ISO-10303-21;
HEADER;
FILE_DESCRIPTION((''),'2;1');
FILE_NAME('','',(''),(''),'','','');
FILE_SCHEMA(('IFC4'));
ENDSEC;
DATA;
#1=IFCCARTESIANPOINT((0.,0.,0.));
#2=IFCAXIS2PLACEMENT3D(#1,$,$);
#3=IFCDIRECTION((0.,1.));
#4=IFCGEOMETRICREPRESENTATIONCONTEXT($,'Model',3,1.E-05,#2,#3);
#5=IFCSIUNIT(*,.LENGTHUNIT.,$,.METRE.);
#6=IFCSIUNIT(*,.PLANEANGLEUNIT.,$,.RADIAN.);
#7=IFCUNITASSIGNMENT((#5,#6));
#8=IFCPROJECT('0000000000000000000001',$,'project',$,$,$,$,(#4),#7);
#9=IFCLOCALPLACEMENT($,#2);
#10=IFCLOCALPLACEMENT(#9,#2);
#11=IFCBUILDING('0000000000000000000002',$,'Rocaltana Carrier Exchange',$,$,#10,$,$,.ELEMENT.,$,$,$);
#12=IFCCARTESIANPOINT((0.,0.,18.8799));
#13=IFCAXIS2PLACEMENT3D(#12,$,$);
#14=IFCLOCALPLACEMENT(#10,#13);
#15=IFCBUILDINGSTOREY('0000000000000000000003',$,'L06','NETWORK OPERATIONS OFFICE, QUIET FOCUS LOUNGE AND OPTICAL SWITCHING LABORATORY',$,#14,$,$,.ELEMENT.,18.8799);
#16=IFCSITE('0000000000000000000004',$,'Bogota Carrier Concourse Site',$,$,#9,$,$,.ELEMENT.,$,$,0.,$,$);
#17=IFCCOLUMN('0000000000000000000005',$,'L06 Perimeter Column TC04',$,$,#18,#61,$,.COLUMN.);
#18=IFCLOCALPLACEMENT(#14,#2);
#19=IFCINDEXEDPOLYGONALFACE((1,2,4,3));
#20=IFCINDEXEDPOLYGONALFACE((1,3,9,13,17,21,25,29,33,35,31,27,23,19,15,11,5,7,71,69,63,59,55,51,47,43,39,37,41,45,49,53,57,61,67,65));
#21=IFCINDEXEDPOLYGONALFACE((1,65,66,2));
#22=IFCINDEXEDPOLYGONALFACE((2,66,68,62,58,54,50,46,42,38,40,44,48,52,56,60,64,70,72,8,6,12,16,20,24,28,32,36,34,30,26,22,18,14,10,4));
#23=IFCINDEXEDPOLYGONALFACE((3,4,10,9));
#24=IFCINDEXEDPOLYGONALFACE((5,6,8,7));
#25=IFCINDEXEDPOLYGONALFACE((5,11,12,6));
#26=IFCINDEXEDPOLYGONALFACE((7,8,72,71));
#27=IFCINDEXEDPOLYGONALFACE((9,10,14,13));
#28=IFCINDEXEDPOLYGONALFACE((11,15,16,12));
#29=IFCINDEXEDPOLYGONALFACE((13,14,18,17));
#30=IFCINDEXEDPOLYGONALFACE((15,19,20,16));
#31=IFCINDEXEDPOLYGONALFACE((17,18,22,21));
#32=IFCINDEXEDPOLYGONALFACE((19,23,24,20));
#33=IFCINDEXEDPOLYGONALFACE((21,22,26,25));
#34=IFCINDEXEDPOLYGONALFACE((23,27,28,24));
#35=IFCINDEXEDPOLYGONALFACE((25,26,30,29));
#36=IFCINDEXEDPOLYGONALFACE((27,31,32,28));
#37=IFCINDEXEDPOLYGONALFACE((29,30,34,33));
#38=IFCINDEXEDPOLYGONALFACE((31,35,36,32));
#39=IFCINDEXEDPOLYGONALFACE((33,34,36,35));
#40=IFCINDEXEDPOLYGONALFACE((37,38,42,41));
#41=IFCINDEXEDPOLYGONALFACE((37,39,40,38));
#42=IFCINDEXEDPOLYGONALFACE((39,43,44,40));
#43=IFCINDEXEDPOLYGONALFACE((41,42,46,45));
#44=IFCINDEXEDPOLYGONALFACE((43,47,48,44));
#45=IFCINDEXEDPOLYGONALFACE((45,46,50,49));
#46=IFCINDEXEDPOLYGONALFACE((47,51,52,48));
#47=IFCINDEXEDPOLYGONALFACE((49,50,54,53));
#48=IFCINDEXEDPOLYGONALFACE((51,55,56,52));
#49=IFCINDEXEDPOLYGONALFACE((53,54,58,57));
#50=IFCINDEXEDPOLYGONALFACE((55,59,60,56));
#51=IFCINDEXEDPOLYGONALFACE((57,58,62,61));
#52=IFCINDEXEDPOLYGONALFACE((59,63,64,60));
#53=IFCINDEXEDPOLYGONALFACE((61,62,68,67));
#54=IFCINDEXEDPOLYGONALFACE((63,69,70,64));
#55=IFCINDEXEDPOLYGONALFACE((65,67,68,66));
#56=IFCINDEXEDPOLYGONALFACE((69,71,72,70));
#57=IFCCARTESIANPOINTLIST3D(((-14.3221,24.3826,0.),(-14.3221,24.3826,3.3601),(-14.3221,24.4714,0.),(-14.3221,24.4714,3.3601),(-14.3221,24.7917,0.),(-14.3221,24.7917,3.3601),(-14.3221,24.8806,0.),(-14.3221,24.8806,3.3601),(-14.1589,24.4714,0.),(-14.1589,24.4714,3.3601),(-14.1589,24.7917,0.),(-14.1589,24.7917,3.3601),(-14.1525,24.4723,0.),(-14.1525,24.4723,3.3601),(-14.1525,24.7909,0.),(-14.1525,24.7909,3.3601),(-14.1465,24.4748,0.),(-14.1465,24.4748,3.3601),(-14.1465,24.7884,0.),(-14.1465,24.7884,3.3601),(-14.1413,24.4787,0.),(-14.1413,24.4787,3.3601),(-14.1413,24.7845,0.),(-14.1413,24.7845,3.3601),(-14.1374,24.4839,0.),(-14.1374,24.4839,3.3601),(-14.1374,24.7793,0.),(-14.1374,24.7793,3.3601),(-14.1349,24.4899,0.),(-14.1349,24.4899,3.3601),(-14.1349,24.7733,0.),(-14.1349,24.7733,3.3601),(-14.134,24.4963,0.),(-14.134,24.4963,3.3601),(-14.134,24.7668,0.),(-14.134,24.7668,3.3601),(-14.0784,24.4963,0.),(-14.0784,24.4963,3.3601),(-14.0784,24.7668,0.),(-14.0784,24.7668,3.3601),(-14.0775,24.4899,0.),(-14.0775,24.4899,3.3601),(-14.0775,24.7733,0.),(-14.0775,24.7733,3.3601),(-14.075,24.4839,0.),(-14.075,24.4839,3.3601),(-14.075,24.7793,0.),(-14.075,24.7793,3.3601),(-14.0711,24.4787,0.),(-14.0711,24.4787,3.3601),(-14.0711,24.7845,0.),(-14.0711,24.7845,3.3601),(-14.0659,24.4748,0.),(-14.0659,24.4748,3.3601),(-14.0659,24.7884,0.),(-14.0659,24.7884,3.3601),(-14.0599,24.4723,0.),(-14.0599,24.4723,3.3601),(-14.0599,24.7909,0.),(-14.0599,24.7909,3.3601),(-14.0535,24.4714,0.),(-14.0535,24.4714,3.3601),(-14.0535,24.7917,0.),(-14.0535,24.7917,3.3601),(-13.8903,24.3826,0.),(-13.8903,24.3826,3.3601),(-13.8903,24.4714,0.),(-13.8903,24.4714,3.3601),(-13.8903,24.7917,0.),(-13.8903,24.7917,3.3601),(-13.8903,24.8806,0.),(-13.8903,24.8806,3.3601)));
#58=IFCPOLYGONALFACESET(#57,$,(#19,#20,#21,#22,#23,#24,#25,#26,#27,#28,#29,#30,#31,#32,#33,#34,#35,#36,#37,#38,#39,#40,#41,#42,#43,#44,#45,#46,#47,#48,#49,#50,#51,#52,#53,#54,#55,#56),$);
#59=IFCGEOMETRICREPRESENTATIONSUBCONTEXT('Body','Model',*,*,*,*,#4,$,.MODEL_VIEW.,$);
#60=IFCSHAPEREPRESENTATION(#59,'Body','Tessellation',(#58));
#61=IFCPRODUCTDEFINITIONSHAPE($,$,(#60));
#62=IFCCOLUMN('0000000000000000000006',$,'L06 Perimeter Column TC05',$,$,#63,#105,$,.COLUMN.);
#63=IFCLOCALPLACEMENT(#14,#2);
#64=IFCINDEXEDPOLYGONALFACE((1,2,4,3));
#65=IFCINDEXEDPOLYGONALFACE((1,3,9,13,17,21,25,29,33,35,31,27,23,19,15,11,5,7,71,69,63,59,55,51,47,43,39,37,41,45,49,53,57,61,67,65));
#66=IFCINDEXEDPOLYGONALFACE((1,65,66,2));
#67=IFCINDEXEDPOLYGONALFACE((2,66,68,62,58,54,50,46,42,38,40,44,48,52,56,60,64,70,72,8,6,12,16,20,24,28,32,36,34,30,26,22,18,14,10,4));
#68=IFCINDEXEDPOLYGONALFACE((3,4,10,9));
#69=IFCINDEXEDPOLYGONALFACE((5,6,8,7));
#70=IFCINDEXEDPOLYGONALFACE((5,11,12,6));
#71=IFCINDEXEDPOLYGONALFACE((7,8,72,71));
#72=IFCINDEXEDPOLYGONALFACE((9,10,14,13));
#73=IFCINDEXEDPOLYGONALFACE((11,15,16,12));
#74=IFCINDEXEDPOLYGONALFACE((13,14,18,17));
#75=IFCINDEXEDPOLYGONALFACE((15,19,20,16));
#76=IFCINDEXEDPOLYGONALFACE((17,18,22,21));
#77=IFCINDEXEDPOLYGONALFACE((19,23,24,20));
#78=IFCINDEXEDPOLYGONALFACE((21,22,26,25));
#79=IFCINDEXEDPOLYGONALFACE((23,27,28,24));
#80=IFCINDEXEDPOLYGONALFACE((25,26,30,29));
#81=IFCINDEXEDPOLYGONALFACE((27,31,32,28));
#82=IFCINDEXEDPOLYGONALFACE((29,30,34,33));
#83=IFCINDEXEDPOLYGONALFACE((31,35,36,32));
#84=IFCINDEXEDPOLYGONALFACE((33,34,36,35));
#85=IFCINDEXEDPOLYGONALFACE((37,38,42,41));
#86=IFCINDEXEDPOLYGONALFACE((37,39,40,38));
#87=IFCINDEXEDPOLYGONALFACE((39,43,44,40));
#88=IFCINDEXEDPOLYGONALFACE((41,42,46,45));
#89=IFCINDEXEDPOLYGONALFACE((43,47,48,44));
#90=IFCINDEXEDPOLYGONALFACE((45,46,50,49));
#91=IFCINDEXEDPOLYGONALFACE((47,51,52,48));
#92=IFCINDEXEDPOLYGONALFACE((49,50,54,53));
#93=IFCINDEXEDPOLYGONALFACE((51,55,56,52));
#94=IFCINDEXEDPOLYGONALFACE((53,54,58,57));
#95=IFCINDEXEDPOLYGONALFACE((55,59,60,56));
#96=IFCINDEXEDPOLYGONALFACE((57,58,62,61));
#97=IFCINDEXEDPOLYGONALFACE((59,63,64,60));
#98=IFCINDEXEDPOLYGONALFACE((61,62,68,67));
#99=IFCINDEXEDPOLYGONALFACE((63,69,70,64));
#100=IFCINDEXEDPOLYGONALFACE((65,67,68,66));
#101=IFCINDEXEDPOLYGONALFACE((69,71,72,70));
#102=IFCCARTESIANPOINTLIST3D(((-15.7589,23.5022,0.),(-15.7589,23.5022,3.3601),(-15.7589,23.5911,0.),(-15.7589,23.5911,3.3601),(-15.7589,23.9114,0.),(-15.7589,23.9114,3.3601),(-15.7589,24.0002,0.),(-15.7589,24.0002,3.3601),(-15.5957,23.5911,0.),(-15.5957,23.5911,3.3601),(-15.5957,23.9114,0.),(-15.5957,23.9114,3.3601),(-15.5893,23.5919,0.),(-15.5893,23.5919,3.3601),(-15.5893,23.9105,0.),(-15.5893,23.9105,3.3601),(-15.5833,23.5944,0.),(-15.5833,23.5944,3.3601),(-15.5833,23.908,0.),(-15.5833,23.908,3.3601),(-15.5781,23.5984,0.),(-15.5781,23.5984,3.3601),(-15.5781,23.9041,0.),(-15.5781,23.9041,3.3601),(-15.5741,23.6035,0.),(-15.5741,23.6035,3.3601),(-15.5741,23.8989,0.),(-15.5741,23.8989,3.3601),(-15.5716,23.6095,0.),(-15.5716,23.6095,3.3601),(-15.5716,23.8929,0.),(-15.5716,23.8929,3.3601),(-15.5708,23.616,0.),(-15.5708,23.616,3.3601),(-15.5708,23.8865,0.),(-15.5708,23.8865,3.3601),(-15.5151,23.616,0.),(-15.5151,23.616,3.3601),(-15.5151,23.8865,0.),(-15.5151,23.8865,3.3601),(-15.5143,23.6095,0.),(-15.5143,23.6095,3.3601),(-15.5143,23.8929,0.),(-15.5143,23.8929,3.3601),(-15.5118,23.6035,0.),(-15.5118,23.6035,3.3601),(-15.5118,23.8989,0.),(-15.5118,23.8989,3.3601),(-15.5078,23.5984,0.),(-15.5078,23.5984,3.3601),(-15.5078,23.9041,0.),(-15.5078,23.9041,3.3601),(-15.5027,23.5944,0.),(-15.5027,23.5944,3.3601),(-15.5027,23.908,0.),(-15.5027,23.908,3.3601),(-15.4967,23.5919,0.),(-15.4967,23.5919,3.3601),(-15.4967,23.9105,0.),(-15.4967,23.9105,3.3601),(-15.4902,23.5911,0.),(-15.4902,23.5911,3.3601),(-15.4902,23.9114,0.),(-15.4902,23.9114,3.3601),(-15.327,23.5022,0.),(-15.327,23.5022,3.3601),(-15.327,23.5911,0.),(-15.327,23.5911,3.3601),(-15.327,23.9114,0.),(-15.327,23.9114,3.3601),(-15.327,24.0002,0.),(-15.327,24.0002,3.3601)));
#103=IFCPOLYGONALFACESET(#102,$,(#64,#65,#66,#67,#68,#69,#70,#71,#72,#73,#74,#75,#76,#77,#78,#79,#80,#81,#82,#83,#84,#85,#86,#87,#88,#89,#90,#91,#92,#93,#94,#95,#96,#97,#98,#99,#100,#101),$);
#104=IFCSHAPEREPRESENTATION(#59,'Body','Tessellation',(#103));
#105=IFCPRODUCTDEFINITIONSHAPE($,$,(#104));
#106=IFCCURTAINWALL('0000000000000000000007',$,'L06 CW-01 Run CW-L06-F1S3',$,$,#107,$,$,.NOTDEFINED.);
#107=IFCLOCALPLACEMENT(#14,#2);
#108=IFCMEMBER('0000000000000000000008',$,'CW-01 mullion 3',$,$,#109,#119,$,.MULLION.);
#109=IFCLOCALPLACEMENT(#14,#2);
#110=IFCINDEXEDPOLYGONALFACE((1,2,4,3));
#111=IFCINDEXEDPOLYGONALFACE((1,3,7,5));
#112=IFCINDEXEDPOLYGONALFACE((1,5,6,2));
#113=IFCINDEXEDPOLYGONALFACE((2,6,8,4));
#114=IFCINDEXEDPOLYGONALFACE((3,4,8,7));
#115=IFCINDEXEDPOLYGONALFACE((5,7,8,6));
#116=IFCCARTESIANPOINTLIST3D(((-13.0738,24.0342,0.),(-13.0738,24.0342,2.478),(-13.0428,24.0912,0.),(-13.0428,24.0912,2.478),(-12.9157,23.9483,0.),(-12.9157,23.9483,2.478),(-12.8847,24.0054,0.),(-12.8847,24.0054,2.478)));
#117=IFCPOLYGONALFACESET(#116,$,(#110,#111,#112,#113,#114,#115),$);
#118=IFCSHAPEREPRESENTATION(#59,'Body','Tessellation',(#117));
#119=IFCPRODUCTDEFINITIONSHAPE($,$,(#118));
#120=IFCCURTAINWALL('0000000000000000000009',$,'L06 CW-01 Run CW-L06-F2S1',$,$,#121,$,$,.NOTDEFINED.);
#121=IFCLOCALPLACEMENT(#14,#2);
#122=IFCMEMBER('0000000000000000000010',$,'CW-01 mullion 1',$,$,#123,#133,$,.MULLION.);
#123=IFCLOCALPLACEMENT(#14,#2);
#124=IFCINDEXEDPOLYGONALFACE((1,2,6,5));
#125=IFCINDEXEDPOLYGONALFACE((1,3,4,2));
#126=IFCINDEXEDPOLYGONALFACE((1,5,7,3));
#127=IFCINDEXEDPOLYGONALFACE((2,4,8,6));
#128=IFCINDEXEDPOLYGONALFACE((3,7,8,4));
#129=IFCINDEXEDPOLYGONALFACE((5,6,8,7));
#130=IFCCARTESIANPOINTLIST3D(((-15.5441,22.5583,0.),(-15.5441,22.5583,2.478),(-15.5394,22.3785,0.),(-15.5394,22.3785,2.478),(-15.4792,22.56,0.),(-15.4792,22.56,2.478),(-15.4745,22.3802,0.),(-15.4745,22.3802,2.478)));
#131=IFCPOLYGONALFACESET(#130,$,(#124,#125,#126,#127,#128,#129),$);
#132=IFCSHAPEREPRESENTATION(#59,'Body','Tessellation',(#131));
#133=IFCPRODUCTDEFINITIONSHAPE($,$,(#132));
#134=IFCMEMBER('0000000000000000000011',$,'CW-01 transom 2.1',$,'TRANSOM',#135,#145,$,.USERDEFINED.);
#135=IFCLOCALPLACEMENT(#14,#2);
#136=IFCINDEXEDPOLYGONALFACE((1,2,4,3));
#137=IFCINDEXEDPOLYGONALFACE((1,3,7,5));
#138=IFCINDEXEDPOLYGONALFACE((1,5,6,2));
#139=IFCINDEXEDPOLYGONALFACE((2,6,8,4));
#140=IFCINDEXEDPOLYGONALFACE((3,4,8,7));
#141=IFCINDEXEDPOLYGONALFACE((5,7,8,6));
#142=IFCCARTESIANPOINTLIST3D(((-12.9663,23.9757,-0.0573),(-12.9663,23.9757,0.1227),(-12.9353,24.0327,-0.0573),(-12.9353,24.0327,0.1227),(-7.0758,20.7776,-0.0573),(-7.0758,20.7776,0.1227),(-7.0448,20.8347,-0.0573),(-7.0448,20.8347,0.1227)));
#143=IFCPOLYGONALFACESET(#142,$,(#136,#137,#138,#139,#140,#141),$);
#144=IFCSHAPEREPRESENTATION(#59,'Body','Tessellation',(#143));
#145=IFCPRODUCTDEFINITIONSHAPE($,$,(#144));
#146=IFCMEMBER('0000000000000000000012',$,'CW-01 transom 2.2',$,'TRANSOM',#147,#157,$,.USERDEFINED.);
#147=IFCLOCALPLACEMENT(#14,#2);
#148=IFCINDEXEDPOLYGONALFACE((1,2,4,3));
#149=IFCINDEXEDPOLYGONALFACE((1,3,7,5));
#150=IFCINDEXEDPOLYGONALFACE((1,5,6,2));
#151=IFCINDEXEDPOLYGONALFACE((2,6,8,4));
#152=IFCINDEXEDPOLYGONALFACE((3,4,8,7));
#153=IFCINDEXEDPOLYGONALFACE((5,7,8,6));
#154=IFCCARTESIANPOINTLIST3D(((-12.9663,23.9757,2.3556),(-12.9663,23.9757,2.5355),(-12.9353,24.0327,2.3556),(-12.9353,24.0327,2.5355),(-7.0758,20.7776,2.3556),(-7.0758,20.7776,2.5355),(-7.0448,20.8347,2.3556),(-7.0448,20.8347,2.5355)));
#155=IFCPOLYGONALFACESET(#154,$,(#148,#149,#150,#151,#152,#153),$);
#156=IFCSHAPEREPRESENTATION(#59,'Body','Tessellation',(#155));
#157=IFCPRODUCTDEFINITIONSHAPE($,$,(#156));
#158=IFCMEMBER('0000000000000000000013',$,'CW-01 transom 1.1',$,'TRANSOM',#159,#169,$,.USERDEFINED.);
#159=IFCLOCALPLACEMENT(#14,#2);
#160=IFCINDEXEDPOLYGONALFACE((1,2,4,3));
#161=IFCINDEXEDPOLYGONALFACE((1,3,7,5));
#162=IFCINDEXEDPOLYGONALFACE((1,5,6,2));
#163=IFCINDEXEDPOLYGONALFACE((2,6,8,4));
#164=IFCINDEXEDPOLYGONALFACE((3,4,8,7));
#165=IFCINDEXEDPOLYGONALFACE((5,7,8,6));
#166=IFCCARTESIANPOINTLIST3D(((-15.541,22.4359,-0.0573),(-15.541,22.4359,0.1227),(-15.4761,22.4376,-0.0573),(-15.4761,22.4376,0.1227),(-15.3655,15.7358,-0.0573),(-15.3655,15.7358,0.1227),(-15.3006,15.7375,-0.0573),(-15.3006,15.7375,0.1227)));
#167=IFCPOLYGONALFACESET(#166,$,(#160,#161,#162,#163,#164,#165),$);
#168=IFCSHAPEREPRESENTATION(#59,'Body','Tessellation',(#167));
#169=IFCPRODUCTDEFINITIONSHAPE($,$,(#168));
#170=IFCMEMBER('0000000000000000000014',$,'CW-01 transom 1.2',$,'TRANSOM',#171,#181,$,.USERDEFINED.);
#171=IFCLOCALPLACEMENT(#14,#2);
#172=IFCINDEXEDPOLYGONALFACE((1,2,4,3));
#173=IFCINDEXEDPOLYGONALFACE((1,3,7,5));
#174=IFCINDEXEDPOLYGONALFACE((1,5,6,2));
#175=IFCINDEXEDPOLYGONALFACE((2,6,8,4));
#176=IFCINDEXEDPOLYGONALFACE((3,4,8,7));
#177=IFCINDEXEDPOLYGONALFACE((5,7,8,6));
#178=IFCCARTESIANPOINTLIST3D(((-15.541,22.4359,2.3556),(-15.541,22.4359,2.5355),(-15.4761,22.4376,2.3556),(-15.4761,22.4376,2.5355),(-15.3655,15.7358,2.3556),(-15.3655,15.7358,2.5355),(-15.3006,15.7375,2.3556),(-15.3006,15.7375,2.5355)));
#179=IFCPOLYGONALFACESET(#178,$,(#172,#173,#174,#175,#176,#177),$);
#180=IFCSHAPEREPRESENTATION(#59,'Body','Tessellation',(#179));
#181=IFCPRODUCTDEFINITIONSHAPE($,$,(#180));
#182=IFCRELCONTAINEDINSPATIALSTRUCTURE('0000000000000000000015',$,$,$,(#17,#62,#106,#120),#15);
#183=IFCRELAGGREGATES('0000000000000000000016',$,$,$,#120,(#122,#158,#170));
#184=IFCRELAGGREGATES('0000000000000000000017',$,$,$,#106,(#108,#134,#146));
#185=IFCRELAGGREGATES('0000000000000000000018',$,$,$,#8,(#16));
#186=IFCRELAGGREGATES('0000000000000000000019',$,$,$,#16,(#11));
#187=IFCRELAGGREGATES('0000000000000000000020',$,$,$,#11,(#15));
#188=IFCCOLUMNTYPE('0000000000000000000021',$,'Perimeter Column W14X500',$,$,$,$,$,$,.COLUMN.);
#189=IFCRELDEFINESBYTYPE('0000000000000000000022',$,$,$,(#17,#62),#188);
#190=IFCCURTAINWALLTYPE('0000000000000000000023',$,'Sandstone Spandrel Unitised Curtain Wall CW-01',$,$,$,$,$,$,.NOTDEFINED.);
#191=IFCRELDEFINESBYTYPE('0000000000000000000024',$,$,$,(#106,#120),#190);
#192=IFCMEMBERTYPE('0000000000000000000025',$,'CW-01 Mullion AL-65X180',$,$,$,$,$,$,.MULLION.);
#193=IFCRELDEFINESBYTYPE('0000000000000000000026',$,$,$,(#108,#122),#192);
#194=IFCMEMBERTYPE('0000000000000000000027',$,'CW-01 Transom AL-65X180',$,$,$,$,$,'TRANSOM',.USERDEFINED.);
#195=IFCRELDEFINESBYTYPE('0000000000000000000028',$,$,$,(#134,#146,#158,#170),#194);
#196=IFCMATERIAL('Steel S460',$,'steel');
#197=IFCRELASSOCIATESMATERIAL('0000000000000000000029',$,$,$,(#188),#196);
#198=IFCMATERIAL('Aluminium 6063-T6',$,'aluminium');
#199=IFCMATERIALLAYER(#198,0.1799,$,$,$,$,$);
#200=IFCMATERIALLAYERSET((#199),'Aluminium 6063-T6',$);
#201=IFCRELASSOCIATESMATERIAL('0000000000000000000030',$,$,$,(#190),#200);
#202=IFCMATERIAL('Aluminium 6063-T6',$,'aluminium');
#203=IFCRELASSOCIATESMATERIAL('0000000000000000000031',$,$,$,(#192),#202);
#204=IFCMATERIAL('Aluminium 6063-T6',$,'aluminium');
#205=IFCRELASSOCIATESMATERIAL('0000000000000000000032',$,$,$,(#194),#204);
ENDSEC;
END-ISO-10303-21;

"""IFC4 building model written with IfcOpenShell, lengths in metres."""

from ifc_helpers import new_model, si_unit, direction, frame, origin, origin_2d, place, context, subcontext, project, spatial, rectangle, i_section, extrude, material, layer, layer_set, material_profile, profile_set, type_object, element, aggregate, save


model = new_model("IFC4")

# Units and contexts
model_context = context("Model", 3, precision=1e-05, world=origin(), true_north=direction((0.0, 1.0)))
body_context = subcontext(model_context, "Body", "Model", "MODEL_VIEW")
ifc_project = project(units=[si_unit("LENGTHUNIT", "METRE"), si_unit("PLANEANGLEUNIT", "RADIAN")], contexts=[model_context])

# Site, building, storey
site_placement = place(None, origin())
site = spatial("IfcSite", under=ifc_project, at=site_placement, Name="Bogota Carrier Concourse Site", CompositionType="ELEMENT", RefElevation=0.0)
building_placement = place(site_placement, origin())
building = spatial("IfcBuilding", under=site, at=building_placement, Name="Rocaltana Carrier Exchange", CompositionType="ELEMENT")
storey_placement = place(building_placement, frame((0.0, 0.0, 18.8799)))
storey = spatial("IfcBuildingStorey", under=building, at=storey_placement, Name="L06", Description="NETWORK OPERATIONS OFFICE, QUIET FOCUS LOUNGE AND OPTICAL SWITCHING LABORATORY", CompositionType="ELEMENT", Elevation=18.8799)

# Columns
ifc_material_1 = material(Name="Steel S460", Category="steel")
ifc_material_profile_1 = material_profile(ifc_material_1, i_section(OverallWidth=0.4319, OverallDepth=0.498, WebThickness=0.0557, FlangeThickness=0.0889, FilletRadius=0.0249, at=origin_2d()), Name="W14X500")
ifc_profile_set_1 = profile_set([ifc_material_profile_1], Name="Steel S460")
column_type = type_object("IfcColumnType", Name="Perimeter Column W14X500", PredefinedType="COLUMN", material=ifc_profile_set_1)
for number, where, z_axis, x_axis, name in (
    (1, (-14.1062, 24.6316, 0.0), (0.0, 0.0, 1.0), (1.0, 0.0, 0.0), "L06 Perimeter Column TC04"),
    (2, (-15.543, 23.7512, 0.0), (0.0, 0.0, 1.0), (1.0, 0.0, 0.0), "L06 Perimeter Column TC05"),
):
    element("IfcColumn", number, at=place(storey_placement, frame(where, z_axis=z_axis, x_axis=x_axis)), inside=storey, type_object=column_type, Name=name, PredefinedType="COLUMN", context=body_context, shape_type="SweptSolid", body=[
        extrude(i_section(OverallWidth=0.4319, OverallDepth=0.498, WebThickness=0.0557, FlangeThickness=0.0889, FilletRadius=0.0249, at=origin_2d()), origin(), (0.0, 0.0, 1.0), 3.3601),
    ])

# Curtain walls, members
ifc_material_2 = material(Name="Aluminium 6063-T6", Category="aluminium")
ifc_layer_1 = layer(ifc_material_2, 0.1799)
ifc_layer_set_1 = layer_set([ifc_layer_1], Name="Aluminium 6063-T6")
curtain_wall_type = type_object("IfcCurtainWallType", Name="Sandstone Spandrel Unitised Curtain Wall CW-01", PredefinedType="NOTDEFINED", material=ifc_layer_set_1)
curtain_wall_1_placement = place(storey_placement, origin())
curtain_wall_1 = element("IfcCurtainWall", 3, at=curtain_wall_1_placement, inside=storey, type_object=curtain_wall_type, Name="L06 CW-01 Run CW-L06-F1S3", PredefinedType="NOTDEFINED")
ifc_material_3 = material(Name="Aluminium 6063-T6", Category="aluminium")
ifc_material_profile_2 = material_profile(ifc_material_3, rectangle(XDim=0.0649, YDim=0.1799, at=origin_2d()), Name="AL-65X180")
ifc_profile_set_2 = profile_set([ifc_material_profile_2], Name="Aluminium 6063-T6")
member_type_1 = type_object("IfcMemberType", Name="CW-01 Mullion AL-65X180", PredefinedType="MULLION", material=ifc_profile_set_2)
member_1_placement = place(storey_placement, frame((-12.9792, 24.0198, 0.0), z_axis=(0.0, 0.0, 1.0), x_axis=(-0.477156, -0.878819, 0.0)))
member_1 = element("IfcMember", 4, at=member_1_placement, type_object=member_type_1, Name="CW-01 mullion 3", PredefinedType="MULLION", context=body_context, shape_type="SweptSolid", body=[
    extrude(rectangle(XDim=0.0649, YDim=0.1799, at=origin_2d()), origin(), (0.0, 0.0, 1.0), 2.478),
])
curtain_wall_2_placement = place(storey_placement, origin())
curtain_wall_2 = element("IfcCurtainWall", 5, at=curtain_wall_2_placement, inside=storey, type_object=curtain_wall_type, Name="L06 CW-01 Run CW-L06-F2S1", PredefinedType="NOTDEFINED")
member_2_placement = place(storey_placement, frame((-15.5093, 22.4692, 0.0), z_axis=(0.0, 0.0, 1.0), x_axis=(0.999657, 0.026184, 0.0)))
member_2 = element("IfcMember", 6, at=member_2_placement, type_object=member_type_1, Name="CW-01 mullion 1", PredefinedType="MULLION", context=body_context, shape_type="SweptSolid", body=[
    extrude(rectangle(XDim=0.0649, YDim=0.1799, at=origin_2d()), origin(), (0.0, 0.0, 1.0), 2.478),
])

# Members
ifc_material_4 = material(Name="Aluminium 6063-T6", Category="aluminium")
ifc_material_profile_3 = material_profile(ifc_material_4, rectangle(XDim=0.0649, YDim=0.1799, at=origin_2d()), Name="AL-65X180")
ifc_profile_set_3 = profile_set([ifc_material_profile_3], Name="Aluminium 6063-T6")
member_type_2 = type_object("IfcMemberType", Name="CW-01 Transom AL-65X180", ElementType="TRANSOM", PredefinedType="USERDEFINED", material=ifc_profile_set_3)
member_3_placement = place(storey_placement, frame((-7.0603, 20.8062, 0.0327), z_axis=(-0.878831, 0.477134, 0.0), x_axis=(-0.477134, -0.878831, 0.0)))
member_3 = element("IfcMember", 7, at=member_3_placement, type_object=member_type_2, Name="CW-01 transom 2.1", ObjectType="TRANSOM", PredefinedType="USERDEFINED", context=body_context, shape_type="SweptSolid", body=[
    extrude(rectangle(XDim=0.0649, YDim=0.1799, at=origin_2d()), origin(), (0.0, 0.0, 1.0), 6.7026),
])
member_4_placement = place(storey_placement, frame((-7.0603, 20.8062, 2.4456), z_axis=(-0.878831, 0.477134, 0.0), x_axis=(-0.477134, -0.878831, 0.0)))
member_4 = element("IfcMember", 8, at=member_4_placement, type_object=member_type_2, Name="CW-01 transom 2.2", ObjectType="TRANSOM", PredefinedType="USERDEFINED", context=body_context, shape_type="SweptSolid", body=[
    extrude(rectangle(XDim=0.0649, YDim=0.1799, at=origin_2d()), origin(), (0.0, 0.0, 1.0), 6.7026),
])
member_5_placement = place(storey_placement, frame((-15.5085, 22.4368, 0.0327), z_axis=(0.02619, -0.999657, 0.0), x_axis=(0.999657, 0.02619, 0.0)))
member_5 = element("IfcMember", 9, at=member_5_placement, type_object=member_type_2, Name="CW-01 transom 1.1", ObjectType="TRANSOM", PredefinedType="USERDEFINED", context=body_context, shape_type="SweptSolid", body=[
    extrude(rectangle(XDim=0.0649, YDim=0.1799, at=origin_2d()), origin(), (0.0, 0.0, 1.0), 6.7024),
])
member_6_placement = place(storey_placement, frame((-15.5085, 22.4368, 2.4456), z_axis=(0.02619, -0.999657, 0.0), x_axis=(0.999657, 0.02619, 0.0)))
member_6 = element("IfcMember", 10, at=member_6_placement, type_object=member_type_2, Name="CW-01 transom 1.2", ObjectType="TRANSOM", PredefinedType="USERDEFINED", context=body_context, shape_type="SweptSolid", body=[
    extrude(rectangle(XDim=0.0649, YDim=0.1799, at=origin_2d()), origin(), (0.0, 0.0, 1.0), 6.7024),
])
aggregate(curtain_wall_2, [member_2, member_5, member_6])

aggregate(curtain_wall_1, [member_1, member_3, member_4])

save(model, "model.ifc")
